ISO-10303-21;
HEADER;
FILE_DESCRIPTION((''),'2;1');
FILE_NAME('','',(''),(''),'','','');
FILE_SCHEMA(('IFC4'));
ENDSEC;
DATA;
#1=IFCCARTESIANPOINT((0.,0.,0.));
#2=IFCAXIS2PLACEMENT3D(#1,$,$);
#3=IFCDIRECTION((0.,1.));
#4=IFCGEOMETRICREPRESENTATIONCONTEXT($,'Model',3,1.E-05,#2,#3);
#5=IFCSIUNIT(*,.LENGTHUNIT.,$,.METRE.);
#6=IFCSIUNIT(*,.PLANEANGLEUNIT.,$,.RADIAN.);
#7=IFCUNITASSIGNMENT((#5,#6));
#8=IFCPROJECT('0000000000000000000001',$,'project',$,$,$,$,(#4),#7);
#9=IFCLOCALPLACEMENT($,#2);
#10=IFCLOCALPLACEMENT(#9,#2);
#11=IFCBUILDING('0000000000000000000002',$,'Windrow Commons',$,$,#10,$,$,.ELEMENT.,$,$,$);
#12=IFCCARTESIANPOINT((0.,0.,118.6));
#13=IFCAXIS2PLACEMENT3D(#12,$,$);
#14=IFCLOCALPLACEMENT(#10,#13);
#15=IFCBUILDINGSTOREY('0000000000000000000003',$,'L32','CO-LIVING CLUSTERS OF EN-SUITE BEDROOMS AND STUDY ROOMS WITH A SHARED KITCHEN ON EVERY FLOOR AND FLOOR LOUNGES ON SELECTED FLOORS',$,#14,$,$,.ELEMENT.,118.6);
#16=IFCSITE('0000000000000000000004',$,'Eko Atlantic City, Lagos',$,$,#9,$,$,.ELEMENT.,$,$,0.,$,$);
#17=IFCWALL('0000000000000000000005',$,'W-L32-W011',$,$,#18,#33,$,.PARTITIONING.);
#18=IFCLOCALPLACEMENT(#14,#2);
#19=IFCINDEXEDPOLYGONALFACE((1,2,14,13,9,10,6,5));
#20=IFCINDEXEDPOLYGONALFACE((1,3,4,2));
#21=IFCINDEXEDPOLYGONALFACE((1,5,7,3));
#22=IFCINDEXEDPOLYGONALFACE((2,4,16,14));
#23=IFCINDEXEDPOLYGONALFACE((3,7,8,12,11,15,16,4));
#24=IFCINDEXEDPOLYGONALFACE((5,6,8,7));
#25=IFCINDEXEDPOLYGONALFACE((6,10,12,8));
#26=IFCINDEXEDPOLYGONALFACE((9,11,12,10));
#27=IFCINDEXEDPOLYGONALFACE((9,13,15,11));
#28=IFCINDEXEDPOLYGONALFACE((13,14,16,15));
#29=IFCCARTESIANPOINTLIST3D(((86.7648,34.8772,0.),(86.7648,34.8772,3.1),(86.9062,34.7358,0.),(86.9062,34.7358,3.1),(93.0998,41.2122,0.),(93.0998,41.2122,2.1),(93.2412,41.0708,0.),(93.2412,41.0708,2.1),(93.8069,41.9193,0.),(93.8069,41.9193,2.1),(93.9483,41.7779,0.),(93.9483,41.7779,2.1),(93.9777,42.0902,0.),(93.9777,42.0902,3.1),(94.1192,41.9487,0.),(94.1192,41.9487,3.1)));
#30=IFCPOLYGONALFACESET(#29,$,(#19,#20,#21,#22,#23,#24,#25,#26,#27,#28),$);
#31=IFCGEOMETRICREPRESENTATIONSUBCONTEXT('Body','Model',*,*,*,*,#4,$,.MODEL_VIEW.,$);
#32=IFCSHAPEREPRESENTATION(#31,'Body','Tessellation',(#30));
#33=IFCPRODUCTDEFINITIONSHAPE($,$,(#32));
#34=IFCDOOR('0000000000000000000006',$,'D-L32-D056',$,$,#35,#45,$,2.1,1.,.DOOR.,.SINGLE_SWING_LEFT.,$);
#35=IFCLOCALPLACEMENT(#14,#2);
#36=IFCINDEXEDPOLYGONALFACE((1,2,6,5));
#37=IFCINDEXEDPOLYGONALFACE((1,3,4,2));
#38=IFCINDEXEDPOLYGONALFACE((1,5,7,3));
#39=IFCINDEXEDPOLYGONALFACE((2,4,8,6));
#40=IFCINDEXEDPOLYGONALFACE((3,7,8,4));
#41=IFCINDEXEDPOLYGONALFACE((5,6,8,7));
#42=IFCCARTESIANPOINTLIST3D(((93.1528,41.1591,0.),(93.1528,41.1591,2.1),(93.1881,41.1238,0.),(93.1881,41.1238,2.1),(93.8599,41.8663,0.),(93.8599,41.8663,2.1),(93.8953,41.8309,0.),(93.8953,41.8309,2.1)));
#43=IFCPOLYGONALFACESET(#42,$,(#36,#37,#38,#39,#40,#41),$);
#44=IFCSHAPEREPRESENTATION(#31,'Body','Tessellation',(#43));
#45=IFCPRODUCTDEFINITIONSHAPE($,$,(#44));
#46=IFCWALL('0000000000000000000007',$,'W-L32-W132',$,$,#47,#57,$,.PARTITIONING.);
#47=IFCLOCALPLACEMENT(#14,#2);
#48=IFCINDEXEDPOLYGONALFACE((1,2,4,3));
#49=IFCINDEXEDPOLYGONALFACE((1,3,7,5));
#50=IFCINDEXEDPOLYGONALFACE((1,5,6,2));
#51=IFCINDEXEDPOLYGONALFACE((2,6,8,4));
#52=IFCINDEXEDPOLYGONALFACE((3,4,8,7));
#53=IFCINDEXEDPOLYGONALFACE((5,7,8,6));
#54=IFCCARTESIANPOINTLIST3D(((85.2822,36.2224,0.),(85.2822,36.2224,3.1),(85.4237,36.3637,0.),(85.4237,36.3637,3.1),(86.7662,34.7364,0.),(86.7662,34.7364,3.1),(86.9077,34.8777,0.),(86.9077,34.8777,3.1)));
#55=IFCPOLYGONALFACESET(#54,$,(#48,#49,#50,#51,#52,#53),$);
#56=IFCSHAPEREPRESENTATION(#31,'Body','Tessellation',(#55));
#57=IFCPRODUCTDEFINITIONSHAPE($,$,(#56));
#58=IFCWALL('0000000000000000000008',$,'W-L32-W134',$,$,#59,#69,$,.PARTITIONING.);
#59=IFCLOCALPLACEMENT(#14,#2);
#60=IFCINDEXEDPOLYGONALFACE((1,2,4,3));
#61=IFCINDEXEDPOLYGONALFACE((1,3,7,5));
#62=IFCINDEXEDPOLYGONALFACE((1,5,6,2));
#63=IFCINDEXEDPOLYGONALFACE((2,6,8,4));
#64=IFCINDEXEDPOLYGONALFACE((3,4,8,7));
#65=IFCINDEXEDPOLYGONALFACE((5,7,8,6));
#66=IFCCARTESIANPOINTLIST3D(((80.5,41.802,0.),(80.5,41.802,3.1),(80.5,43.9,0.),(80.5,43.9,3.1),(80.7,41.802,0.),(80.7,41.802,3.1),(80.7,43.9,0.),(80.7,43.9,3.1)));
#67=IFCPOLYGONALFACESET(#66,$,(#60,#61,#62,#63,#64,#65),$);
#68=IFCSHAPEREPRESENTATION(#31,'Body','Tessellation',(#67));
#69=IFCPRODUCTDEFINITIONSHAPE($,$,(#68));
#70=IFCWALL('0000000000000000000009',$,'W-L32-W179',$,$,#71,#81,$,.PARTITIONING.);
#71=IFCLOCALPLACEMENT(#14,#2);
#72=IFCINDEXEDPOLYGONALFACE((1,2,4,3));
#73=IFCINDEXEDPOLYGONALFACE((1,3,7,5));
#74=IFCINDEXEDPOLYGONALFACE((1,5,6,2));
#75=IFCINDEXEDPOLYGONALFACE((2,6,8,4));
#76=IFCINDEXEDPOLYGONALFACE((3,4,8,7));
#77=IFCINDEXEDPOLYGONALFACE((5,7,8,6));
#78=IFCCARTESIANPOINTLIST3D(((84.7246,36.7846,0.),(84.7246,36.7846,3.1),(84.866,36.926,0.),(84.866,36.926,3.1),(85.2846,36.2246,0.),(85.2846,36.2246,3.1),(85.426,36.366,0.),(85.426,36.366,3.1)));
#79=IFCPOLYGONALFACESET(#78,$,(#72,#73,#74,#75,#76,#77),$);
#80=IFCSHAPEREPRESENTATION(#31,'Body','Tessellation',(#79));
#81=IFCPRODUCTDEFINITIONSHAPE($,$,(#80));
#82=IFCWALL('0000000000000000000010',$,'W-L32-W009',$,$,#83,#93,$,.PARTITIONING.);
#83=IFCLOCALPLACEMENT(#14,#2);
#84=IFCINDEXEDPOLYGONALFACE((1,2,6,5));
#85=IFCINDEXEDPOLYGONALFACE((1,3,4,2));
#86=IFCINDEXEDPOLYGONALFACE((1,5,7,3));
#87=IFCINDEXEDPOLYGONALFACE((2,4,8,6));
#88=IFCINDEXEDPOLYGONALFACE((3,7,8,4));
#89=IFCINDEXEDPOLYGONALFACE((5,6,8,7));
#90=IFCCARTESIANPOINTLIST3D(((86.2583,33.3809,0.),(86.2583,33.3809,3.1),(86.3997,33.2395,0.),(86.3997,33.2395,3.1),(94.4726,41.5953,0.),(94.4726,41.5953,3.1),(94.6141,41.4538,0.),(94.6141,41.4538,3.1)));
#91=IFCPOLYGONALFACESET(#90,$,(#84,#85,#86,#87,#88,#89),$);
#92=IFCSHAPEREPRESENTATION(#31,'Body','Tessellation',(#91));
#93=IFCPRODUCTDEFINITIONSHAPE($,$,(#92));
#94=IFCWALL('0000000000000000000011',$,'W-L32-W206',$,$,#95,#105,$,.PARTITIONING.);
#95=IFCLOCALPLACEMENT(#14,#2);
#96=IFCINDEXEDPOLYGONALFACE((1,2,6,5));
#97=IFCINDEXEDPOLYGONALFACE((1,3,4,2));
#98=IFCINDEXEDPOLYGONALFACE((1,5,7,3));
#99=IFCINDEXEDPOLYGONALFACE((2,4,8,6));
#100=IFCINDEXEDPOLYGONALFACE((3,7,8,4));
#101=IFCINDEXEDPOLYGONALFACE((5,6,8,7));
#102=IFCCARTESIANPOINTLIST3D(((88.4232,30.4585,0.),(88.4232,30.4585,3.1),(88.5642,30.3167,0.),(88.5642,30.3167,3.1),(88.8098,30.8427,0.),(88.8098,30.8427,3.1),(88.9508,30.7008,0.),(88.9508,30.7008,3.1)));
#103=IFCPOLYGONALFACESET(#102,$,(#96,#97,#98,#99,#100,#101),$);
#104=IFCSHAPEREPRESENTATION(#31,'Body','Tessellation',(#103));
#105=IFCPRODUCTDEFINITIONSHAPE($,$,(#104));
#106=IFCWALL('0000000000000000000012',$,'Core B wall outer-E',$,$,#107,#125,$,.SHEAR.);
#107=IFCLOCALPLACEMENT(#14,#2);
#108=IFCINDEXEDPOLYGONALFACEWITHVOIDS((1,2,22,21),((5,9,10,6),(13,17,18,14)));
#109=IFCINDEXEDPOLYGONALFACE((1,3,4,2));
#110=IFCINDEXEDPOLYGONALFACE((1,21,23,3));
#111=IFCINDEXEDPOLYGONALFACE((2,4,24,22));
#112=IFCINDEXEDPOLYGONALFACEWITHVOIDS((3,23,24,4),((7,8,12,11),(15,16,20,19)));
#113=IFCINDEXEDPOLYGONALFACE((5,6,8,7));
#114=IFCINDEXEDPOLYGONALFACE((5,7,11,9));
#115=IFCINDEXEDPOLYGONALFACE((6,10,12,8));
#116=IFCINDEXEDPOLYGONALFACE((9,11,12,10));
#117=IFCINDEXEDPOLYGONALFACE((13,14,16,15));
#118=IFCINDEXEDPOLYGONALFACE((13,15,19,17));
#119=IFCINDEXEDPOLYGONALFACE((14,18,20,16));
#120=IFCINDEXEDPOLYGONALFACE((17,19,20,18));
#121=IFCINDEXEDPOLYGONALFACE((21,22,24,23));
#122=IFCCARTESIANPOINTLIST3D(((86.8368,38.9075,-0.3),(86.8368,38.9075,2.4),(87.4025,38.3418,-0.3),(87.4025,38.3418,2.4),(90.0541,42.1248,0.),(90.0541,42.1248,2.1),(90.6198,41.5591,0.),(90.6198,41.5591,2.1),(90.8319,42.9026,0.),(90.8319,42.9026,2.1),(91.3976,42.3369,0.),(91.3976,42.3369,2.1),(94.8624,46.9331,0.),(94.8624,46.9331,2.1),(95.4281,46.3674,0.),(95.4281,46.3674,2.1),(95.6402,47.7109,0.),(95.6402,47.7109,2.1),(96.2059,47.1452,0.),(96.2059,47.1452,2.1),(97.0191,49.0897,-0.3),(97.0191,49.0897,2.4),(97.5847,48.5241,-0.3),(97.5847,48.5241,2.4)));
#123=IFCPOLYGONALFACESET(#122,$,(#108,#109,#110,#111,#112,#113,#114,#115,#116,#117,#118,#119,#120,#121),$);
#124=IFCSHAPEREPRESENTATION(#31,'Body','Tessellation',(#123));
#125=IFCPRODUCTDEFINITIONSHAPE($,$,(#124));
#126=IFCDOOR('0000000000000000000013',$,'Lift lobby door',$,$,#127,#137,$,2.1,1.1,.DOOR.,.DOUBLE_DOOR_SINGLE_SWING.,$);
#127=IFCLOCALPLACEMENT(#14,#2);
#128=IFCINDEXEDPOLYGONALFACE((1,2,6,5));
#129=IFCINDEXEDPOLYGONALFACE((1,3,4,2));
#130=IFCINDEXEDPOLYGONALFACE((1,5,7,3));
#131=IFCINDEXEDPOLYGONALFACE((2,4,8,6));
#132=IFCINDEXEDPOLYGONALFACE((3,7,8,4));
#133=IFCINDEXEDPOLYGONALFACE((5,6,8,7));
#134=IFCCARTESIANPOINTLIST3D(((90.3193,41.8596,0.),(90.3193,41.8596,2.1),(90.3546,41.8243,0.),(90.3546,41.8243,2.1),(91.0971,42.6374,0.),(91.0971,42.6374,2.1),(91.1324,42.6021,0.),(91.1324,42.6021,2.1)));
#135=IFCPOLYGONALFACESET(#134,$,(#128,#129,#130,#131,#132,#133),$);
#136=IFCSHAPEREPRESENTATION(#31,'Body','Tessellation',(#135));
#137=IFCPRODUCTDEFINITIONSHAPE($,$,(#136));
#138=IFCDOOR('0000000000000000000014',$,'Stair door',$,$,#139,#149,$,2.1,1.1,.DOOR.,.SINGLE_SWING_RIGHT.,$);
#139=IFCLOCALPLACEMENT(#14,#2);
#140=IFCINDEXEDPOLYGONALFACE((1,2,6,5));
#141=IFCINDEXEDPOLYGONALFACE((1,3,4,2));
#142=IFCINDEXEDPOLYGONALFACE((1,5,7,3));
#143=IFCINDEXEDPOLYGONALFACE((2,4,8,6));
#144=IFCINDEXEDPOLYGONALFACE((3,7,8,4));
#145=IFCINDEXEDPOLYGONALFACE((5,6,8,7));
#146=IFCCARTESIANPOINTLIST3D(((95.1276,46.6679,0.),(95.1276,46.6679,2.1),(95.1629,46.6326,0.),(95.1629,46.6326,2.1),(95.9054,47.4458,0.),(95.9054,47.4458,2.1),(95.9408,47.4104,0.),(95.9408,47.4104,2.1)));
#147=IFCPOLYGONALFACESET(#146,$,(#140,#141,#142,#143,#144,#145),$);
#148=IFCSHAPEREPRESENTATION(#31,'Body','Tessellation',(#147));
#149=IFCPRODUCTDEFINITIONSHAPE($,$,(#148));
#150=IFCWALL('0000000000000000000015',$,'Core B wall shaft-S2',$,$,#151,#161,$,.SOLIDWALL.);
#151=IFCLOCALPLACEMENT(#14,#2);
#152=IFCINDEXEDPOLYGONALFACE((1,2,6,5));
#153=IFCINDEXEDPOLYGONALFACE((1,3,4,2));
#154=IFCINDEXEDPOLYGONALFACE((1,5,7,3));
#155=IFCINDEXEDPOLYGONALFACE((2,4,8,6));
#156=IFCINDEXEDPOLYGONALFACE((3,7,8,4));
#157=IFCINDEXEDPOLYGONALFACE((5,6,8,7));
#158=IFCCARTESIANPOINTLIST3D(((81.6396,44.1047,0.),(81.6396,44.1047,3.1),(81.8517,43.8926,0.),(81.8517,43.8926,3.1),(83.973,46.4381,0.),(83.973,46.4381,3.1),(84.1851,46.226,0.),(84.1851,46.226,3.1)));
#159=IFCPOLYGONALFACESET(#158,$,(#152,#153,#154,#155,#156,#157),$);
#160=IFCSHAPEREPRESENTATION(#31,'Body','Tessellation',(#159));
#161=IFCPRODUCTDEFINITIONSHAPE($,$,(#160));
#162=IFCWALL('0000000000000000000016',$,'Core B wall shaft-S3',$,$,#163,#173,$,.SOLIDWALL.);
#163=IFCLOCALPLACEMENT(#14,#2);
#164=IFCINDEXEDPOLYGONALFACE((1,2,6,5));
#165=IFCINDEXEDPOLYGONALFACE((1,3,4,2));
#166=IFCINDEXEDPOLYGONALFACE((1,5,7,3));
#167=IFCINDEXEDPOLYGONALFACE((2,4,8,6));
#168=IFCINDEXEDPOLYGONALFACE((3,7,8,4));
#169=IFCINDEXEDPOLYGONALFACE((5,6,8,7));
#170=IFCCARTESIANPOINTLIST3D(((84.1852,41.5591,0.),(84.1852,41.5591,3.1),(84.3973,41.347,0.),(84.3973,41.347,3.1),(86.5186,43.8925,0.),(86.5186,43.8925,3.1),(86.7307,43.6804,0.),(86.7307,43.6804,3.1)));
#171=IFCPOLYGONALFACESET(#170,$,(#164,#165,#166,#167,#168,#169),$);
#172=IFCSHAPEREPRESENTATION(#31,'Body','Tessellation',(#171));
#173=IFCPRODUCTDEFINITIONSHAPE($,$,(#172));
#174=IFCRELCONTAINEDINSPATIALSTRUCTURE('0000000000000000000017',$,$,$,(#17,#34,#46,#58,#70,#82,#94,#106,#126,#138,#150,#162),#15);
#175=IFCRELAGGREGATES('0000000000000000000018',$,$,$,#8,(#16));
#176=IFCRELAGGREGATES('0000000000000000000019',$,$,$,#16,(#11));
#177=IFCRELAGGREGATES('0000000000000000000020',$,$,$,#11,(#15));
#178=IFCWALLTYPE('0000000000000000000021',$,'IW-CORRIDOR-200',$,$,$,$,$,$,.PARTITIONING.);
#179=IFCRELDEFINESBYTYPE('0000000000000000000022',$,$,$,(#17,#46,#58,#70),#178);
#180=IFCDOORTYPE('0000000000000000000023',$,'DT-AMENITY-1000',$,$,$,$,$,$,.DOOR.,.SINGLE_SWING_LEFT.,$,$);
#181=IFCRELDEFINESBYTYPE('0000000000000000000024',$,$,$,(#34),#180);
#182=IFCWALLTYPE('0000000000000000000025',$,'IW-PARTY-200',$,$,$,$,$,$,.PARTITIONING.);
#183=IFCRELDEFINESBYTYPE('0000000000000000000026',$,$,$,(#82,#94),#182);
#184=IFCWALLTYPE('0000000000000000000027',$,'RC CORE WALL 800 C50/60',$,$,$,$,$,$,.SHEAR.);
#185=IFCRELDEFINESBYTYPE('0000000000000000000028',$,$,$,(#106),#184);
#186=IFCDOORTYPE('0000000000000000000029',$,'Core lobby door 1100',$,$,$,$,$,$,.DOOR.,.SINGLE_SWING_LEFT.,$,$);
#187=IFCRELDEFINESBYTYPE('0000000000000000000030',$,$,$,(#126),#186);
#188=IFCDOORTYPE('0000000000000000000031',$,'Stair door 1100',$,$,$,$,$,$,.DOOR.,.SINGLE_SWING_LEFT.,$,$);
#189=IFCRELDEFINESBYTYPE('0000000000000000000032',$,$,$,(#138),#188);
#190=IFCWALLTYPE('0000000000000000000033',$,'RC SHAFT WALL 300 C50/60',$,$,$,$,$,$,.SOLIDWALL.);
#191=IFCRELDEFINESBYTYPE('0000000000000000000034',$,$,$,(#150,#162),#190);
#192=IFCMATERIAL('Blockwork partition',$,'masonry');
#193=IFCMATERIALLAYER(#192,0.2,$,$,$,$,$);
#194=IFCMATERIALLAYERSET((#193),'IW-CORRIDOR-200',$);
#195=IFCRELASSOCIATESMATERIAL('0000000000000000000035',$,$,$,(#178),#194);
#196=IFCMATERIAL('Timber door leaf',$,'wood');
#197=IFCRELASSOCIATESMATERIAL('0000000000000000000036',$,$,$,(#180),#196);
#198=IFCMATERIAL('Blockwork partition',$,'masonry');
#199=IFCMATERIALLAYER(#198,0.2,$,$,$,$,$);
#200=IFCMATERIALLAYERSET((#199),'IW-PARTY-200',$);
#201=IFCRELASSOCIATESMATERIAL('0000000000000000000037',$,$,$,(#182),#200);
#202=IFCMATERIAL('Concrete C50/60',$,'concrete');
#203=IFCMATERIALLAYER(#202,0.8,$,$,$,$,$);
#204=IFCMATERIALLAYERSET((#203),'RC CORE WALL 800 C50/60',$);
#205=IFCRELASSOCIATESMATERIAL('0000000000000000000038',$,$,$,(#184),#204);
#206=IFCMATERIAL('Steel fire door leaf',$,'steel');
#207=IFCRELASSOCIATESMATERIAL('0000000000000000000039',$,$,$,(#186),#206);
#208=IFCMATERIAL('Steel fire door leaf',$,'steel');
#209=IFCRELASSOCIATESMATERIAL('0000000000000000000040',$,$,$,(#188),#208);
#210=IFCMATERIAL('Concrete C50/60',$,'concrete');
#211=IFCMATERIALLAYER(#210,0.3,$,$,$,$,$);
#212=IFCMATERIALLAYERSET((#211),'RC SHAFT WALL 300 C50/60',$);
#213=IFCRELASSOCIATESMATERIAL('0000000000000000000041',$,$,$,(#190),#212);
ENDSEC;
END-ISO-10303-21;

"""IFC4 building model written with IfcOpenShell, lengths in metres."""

from ifc_helpers import new_model, si_unit, direction, frame, frame_2d, origin, place, context, subcontext, project, spatial, rectangle, extrude, material, layer, layer_set, type_object, element, fill, save


model = new_model("IFC4")

# Units and contexts
model_context = context("Model", 3, precision=1e-05, world=origin(), true_north=direction((0.0, 1.0)))
body_context = subcontext(model_context, "Body", "Model", "MODEL_VIEW")
ifc_project = project(units=[si_unit("LENGTHUNIT", "METRE"), si_unit("PLANEANGLEUNIT", "RADIAN")], contexts=[model_context])

# Site, building, storey
site_placement = place(None, origin())
site = spatial("IfcSite", under=ifc_project, at=site_placement, Name="Eko Atlantic City, Lagos", CompositionType="ELEMENT", RefElevation=0.0)
building_placement = place(site_placement, origin())
building = spatial("IfcBuilding", under=site, at=building_placement, Name="Windrow Commons", CompositionType="ELEMENT")
storey_placement = place(building_placement, frame((0.0, 0.0, 118.6)))
storey = spatial("IfcBuildingStorey", under=building, at=storey_placement, Name="L32", Description="CO-LIVING CLUSTERS OF EN-SUITE BEDROOMS AND STUDY ROOMS WITH A SHARED KITCHEN ON EVERY FLOOR AND FLOOR LOUNGES ON SELECTED FLOORS", CompositionType="ELEMENT", Elevation=118.6)

# Wall, opening, door
ifc_material_1 = material(Name="Blockwork partition", Category="masonry")
ifc_layer_1 = layer(ifc_material_1, 0.2)
ifc_layer_set_1 = layer_set([ifc_layer_1], Name="IW-CORRIDOR-200")
wall_type_1 = type_object("IfcWallType", Name="IW-CORRIDOR-200", PredefinedType="PARTITIONING", material=ifc_layer_set_1)
wall_1_placement = place(storey_placement, frame((86.8355, 34.8065, 0.0), z_axis=(0.0, 0.0, 1.0), x_axis=(0.707107, 0.707107, 0.0)))
wall_1 = element("IfcWall", 1, at=wall_1_placement, inside=storey, type_object=wall_type_1, Name="W-L32-W011", PredefinedType="PARTITIONING", context=body_context, shape_type="SweptSolid", body=[
    extrude(rectangle(XDim=10.2007, YDim=0.2, at=frame_2d((5.1003, 0.0))), origin(), (0.0, 0.0, 1.0), 3.1),
])
opening_1_placement = place(wall_1_placement, frame((8.959, 0.0, 0.0)))
opening_1 = element("IfcOpeningElement", 2, at=opening_1_placement, cuts=wall_1, PredefinedType="OPENING", context=body_context, shape_type="SweptSolid", body=[
    extrude(rectangle(XDim=1.0, YDim=2.1, at=frame_2d((0.5, 1.05))), frame((0.0, 0.11, 0.0), z_axis=(0.0, -1.0, 0.0), x_axis=(1.0, 0.0, 0.0)), (0.0, 0.0, 1.0), 0.22),
])
ifc_material_2 = material(Name="Timber door leaf", Category="wood")
door_type_1 = type_object("IfcDoorType", Name="DT-AMENITY-1000", OperationType="SINGLE_SWING_LEFT", PredefinedType="DOOR", material=ifc_material_2)
door_1_placement = place(opening_1_placement, origin())
door_1 = element("IfcDoor", 3, at=door_1_placement, inside=storey, type_object=door_type_1, Name="D-L32-D056", OperationType="SINGLE_SWING_LEFT", OverallHeight=2.1, OverallWidth=1.0, PredefinedType="DOOR", context=body_context, shape_type="SweptSolid", body=[
    extrude(rectangle(XDim=1.0, YDim=2.1, at=frame_2d((0.5, 1.05))), frame((0.0, 0.025, 0.0), z_axis=(0.0, -1.0, 0.0), x_axis=(1.0, 0.0, 0.0)), (0.0, 0.0, 1.0), 0.05),
])
fill(opening_1, door_1)

# Walls
wall_2_placement = place(storey_placement, frame((85.353, 36.293, 0.0), z_axis=(0.0, 0.0, 1.0), x_axis=(0.70663, -0.707583, 0.0)))
element("IfcWall", 4, at=wall_2_placement, inside=storey, type_object=wall_type_1, Name="W-L32-W132", PredefinedType="PARTITIONING", context=body_context, shape_type="SweptSolid", body=[
    extrude(rectangle(XDim=2.1001, YDim=0.2, at=frame_2d((1.05, 0.0))), origin(), (0.0, 0.0, 1.0), 3.1),
])
wall_3_placement = place(storey_placement, frame((80.6, 41.802, 0.0), z_axis=(0.0, 0.0, 1.0), x_axis=(0.0, 1.0, 0.0)))
element("IfcWall", 5, at=wall_3_placement, inside=storey, type_object=wall_type_1, Name="W-L32-W134", PredefinedType="PARTITIONING", context=body_context, shape_type="SweptSolid", body=[
    extrude(rectangle(XDim=2.098, YDim=0.2, at=frame_2d((1.049, 0.0))), origin(), (0.0, 0.0, 1.0), 3.1),
])
wall_4_placement = place(storey_placement, frame((84.7953, 36.8553, 0.0), z_axis=(0.0, 0.0, 1.0), x_axis=(0.707107, -0.707107, 0.0)))
element("IfcWall", 6, at=wall_4_placement, inside=storey, type_object=wall_type_1, Name="W-L32-W179", PredefinedType="PARTITIONING", context=body_context, shape_type="SweptSolid", body=[
    extrude(rectangle(XDim=0.792, YDim=0.2, at=frame_2d((0.396, 0.0))), origin(), (0.0, 0.0, 1.0), 3.1),
])
ifc_material_3 = material(Name="Blockwork partition", Category="masonry")
ifc_layer_2 = layer(ifc_material_3, 0.2)
ifc_layer_set_2 = layer_set([ifc_layer_2], Name="IW-PARTY-200")
wall_type_2 = type_object("IfcWallType", Name="IW-PARTY-200", PredefinedType="PARTITIONING", material=ifc_layer_set_2)
wall_5_placement = place(storey_placement, frame((86.329, 33.3102, 0.0), z_axis=(0.0, 0.0, 1.0), x_axis=(0.707107, 0.707107, 0.0)))
element("IfcWall", 7, at=wall_5_placement, inside=storey, type_object=wall_type_2, Name="W-L32-W009", PredefinedType="PARTITIONING", context=body_context, shape_type="SweptSolid", body=[
    extrude(rectangle(XDim=11.6169, YDim=0.2, at=frame_2d((5.8084, 0.0))), origin(), (0.0, 0.0, 1.0), 3.1),
])
wall_6_placement = place(storey_placement, frame((88.4937, 30.3876, 0.0), z_axis=(0.0, 0.0, 1.0), x_axis=(0.709397, 0.704809, 0.0)))
element("IfcWall", 8, at=wall_6_placement, inside=storey, type_object=wall_type_2, Name="W-L32-W206", PredefinedType="PARTITIONING", context=body_context, shape_type="SweptSolid", body=[
    extrude(rectangle(XDim=0.545, YDim=0.2, at=frame_2d((0.2725, 0.0))), origin(), (0.0, 0.0, 1.0), 3.1),
])

# Wall, openings, doors
ifc_material_4 = material(Name="Concrete C50/60", Category="concrete")
ifc_layer_3 = layer(ifc_material_4, 0.8)
ifc_layer_set_3 = layer_set([ifc_layer_3], Name="RC CORE WALL 800 C50/60")
wall_type_3 = type_object("IfcWallType", Name="RC CORE WALL 800 C50/60", PredefinedType="SHEAR", material=ifc_layer_set_3)
wall_7_placement = place(storey_placement, frame((87.1196, 38.6246, -0.3), z_axis=(0.0, 0.0, 1.0), x_axis=(0.707107, 0.707107, 0.0)))
wall_7 = element("IfcWall", 9, at=wall_7_placement, inside=storey, type_object=wall_type_3, Name="Core B wall outer-E", PredefinedType="SHEAR", context=body_context, shape_type="SweptSolid", body=[
    extrude(rectangle(XDim=14.3999, YDim=0.8, at=frame_2d((7.2, 0.0))), origin(), (0.0, 0.0, 1.0), 2.7),
])
opening_2_placement = place(wall_7_placement, frame((4.55, 0.0, 0.3)))
opening_2 = element("IfcOpeningElement", 10, at=opening_2_placement, cuts=wall_7, PredefinedType="OPENING", context=body_context, shape_type="SweptSolid", body=[
    extrude(rectangle(XDim=1.1, YDim=2.1, at=frame_2d((0.55, 1.05))), frame((0.0, 0.41, 0.0), z_axis=(0.0, -1.0, 0.0), x_axis=(1.0, 0.0, 0.0)), (0.0, 0.0, 1.0), 0.82),
])
opening_3_placement = place(wall_7_placement, frame((11.35, 0.0, 0.3)))
opening_3 = element("IfcOpeningElement", 11, at=opening_3_placement, cuts=wall_7, PredefinedType="OPENING", context=body_context, shape_type="SweptSolid", body=[
    extrude(rectangle(XDim=1.1, YDim=2.1, at=frame_2d((0.55, 1.05))), frame((0.0, 0.41, 0.0), z_axis=(0.0, -1.0, 0.0), x_axis=(1.0, 0.0, 0.0)), (0.0, 0.0, 1.0), 0.82),
])
ifc_material_5 = material(Name="Steel fire door leaf", Category="steel")
door_type_2 = type_object("IfcDoorType", Name="Core lobby door 1100", OperationType="SINGLE_SWING_LEFT", PredefinedType="DOOR", material=ifc_material_5)
door_2_placement = place(opening_2_placement, origin())
door_2 = element("IfcDoor", 12, at=door_2_placement, inside=storey, type_object=door_type_2, Name="Lift lobby door", OperationType="DOUBLE_DOOR_SINGLE_SWING", OverallHeight=2.1, OverallWidth=1.1, PredefinedType="DOOR", context=body_context, shape_type="SweptSolid", body=[
    extrude(rectangle(XDim=1.1, YDim=2.1, at=frame_2d((0.55, 1.05))), frame((0.0, 0.025, 0.0), z_axis=(0.0, -1.0, 0.0), x_axis=(1.0, 0.0, 0.0)), (0.0, 0.0, 1.0), 0.05),
])
fill(opening_2, door_2)
ifc_material_6 = material(Name="Steel fire door leaf", Category="steel")
door_type_3 = type_object("IfcDoorType", Name="Stair door 1100", OperationType="SINGLE_SWING_LEFT", PredefinedType="DOOR", material=ifc_material_6)
door_3_placement = place(opening_3_placement, origin())
door_3 = element("IfcDoor", 13, at=door_3_placement, inside=storey, type_object=door_type_3, Name="Stair door", OperationType="SINGLE_SWING_RIGHT", OverallHeight=2.1, OverallWidth=1.1, PredefinedType="DOOR", context=body_context, shape_type="SweptSolid", body=[
    extrude(rectangle(XDim=1.1, YDim=2.1, at=frame_2d((0.55, 1.05))), frame((0.0, 0.025, 0.0), z_axis=(0.0, -1.0, 0.0), x_axis=(1.0, 0.0, 0.0)), (0.0, 0.0, 1.0), 0.05),
])
fill(opening_3, door_3)

# Walls
ifc_material_7 = material(Name="Concrete C50/60", Category="concrete")
ifc_layer_4 = layer(ifc_material_7, 0.3)
ifc_layer_set_4 = layer_set([ifc_layer_4], Name="RC SHAFT WALL 300 C50/60")
wall_type_4 = type_object("IfcWallType", Name="RC SHAFT WALL 300 C50/60", PredefinedType="SOLIDWALL", material=ifc_layer_set_4)
for number, where, z_axis, x_axis, name in (
    (14, (81.7456, 43.9986, 0.0), (0.0, 0.0, 1.0), (0.707107, 0.707107, 0.0), "Core B wall shaft-S2"),
    (15, (84.2912, 41.453, 0.0), (0.0, 0.0, 1.0), (0.707107, 0.707107, 0.0), "Core B wall shaft-S3"),
):
    element("IfcWall", number, at=place(storey_placement, frame(where, z_axis=z_axis, x_axis=x_axis)), inside=storey, type_object=wall_type_4, Name=name, PredefinedType="SOLIDWALL", context=body_context, shape_type="SweptSolid", body=[
        extrude(rectangle(XDim=3.2999, YDim=0.3, at=frame_2d((1.65, 0.0))), origin(), (0.0, 0.0, 1.0), 3.1),
    ])

save(model, "model.ifc")
